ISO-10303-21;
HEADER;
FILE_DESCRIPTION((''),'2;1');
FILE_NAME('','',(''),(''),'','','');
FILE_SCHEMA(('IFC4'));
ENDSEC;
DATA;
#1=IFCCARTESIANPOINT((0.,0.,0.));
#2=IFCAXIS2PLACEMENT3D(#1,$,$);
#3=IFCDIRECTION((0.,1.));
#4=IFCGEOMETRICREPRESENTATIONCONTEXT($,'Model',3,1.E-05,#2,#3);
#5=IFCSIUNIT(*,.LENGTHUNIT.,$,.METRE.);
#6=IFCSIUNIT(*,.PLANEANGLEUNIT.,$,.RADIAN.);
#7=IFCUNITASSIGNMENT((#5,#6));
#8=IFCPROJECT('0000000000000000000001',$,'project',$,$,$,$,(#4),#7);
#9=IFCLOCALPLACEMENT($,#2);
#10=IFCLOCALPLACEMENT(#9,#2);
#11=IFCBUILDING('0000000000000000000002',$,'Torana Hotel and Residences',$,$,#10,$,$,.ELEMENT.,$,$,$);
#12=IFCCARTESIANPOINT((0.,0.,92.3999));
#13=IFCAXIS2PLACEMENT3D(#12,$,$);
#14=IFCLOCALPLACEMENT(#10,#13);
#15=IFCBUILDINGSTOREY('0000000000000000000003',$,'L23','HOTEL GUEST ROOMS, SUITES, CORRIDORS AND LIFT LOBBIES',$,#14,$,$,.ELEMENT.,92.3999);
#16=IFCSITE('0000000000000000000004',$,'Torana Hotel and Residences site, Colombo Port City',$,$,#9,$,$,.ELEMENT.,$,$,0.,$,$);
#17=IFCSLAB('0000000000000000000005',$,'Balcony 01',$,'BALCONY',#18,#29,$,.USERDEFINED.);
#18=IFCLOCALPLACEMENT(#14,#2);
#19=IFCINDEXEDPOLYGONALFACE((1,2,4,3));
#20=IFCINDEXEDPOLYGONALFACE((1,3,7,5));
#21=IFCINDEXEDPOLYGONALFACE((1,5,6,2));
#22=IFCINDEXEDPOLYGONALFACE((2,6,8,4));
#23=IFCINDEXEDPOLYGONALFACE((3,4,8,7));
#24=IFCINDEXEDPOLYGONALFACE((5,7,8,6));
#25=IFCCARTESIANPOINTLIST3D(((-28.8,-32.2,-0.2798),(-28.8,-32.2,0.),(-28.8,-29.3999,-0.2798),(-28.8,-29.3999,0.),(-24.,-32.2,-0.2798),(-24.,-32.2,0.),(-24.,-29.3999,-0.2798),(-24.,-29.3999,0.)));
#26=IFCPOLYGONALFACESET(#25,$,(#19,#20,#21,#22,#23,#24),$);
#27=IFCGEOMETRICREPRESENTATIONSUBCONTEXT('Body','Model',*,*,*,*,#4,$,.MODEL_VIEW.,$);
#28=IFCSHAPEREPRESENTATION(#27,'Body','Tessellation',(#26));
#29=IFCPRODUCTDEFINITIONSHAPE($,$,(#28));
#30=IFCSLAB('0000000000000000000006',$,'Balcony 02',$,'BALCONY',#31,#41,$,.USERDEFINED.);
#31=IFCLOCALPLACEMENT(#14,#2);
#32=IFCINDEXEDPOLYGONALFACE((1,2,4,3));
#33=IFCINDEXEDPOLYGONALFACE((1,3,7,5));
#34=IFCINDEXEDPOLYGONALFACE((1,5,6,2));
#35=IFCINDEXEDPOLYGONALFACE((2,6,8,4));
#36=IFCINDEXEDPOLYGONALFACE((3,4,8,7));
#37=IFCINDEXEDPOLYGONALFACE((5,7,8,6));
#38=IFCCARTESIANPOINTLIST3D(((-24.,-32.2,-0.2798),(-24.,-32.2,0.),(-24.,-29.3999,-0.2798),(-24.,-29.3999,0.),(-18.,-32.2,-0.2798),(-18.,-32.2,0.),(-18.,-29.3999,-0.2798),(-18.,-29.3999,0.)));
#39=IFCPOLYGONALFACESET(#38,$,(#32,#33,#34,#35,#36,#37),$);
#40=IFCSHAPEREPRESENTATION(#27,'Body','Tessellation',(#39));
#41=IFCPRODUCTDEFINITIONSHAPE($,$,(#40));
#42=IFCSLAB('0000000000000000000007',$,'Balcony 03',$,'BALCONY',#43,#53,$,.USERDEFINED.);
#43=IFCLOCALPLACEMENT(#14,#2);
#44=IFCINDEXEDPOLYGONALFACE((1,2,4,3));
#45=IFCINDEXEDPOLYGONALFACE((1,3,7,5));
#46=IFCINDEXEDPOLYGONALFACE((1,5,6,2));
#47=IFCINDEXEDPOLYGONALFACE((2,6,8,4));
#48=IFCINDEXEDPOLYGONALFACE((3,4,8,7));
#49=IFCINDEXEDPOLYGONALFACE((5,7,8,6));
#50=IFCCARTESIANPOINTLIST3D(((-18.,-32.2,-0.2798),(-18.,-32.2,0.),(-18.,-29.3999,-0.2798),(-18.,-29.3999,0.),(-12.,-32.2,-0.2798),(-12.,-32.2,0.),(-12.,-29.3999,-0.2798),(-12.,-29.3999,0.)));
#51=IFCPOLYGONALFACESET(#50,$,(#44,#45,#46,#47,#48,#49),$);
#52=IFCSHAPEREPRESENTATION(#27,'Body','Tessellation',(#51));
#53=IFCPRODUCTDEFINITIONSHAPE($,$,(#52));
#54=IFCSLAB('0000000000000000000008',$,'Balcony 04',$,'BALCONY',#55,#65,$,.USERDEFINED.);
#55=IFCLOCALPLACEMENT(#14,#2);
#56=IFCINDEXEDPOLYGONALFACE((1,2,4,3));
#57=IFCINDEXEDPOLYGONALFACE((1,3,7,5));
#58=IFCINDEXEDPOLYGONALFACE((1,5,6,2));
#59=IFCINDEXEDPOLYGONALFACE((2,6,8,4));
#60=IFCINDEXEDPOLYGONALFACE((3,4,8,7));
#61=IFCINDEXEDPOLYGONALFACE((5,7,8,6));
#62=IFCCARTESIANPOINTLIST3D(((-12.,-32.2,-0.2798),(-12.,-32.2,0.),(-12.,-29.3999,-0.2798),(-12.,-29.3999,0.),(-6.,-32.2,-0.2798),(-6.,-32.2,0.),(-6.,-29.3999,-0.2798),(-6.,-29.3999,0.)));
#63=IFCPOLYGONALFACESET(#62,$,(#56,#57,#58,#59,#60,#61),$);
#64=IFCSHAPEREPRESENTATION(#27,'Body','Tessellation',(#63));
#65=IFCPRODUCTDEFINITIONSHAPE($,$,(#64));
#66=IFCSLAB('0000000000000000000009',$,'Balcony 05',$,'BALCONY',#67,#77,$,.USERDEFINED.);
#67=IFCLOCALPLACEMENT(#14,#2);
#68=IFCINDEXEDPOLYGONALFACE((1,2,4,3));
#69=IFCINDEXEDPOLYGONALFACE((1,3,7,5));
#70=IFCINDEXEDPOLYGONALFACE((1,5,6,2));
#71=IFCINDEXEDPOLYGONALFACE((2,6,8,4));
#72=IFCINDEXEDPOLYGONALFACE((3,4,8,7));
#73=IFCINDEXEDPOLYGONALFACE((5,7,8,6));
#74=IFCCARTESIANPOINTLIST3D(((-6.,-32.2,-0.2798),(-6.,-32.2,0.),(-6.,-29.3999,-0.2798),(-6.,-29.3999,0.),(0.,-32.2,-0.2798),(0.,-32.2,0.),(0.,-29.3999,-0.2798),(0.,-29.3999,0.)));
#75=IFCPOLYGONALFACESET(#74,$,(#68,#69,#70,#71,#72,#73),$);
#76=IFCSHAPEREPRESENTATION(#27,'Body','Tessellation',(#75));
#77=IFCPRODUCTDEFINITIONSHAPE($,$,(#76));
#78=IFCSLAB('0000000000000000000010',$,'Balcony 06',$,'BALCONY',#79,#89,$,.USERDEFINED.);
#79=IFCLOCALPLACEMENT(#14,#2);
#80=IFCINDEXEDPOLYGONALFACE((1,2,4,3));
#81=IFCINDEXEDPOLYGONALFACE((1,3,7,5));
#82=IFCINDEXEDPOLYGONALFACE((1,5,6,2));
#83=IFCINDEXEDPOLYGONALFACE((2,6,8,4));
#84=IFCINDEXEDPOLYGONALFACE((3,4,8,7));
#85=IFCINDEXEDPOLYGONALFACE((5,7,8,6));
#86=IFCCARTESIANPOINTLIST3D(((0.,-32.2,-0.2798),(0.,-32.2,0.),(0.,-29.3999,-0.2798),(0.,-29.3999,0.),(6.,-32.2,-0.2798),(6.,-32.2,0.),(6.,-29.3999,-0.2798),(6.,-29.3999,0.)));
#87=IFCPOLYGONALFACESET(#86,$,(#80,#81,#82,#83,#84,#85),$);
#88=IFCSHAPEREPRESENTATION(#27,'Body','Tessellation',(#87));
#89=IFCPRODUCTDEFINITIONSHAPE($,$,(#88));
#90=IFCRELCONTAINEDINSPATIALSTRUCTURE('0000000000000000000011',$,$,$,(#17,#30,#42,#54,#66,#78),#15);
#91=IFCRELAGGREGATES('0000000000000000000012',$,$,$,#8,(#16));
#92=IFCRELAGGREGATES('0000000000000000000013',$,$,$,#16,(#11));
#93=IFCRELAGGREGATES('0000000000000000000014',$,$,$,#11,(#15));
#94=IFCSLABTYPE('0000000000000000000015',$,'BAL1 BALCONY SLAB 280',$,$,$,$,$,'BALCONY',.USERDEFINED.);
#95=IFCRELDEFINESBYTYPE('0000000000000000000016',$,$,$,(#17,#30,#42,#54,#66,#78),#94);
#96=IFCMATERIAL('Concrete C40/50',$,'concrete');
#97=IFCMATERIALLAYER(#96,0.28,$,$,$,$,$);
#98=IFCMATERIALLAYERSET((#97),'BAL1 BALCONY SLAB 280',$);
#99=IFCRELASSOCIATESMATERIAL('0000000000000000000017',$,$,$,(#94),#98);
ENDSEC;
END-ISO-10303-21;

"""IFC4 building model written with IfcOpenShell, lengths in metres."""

from ifc_helpers import new_model, si_unit, direction, frame, origin, place, context, subcontext, project, spatial, polyline, outline, extrude, material, layer, layer_set, type_object, element, save


model = new_model("IFC4")

# Units and contexts
model_context = context("Model", 3, precision=1e-05, world=origin(), true_north=direction((0.0, 1.0)))
body_context = subcontext(model_context, "Body", "Model", "MODEL_VIEW")
ifc_project = project(units=[si_unit("LENGTHUNIT", "METRE"), si_unit("PLANEANGLEUNIT", "RADIAN")], contexts=[model_context])

# Site, building, storey
site_placement = place(None, origin())
site = spatial("IfcSite", under=ifc_project, at=site_placement, Name="Torana Hotel and Residences site, Colombo Port City", CompositionType="ELEMENT", RefElevation=0.0)
building_placement = place(site_placement, origin())
building = spatial("IfcBuilding", under=site, at=building_placement, Name="Torana Hotel and Residences", CompositionType="ELEMENT")
storey_placement = place(building_placement, frame((0.0, 0.0, 92.3999)))
storey = spatial("IfcBuildingStorey", under=building, at=storey_placement, Name="L23", Description="HOTEL GUEST ROOMS, SUITES, CORRIDORS AND LIFT LOBBIES", CompositionType="ELEMENT", Elevation=92.3999)

# Slabs
ifc_material_1 = material(Name="Concrete C40/50", Category="concrete")
ifc_layer_1 = layer(ifc_material_1, 0.28)
ifc_layer_set_1 = layer_set([ifc_layer_1], Name="BAL1 BALCONY SLAB 280")
slab_type_1 = type_object("IfcSlabType", Name="BAL1 BALCONY SLAB 280", ElementType="BALCONY", PredefinedType="USERDEFINED", material=ifc_layer_set_1)
slab_1_placement = place(storey_placement, frame((0.0, 0.0, -0.2798)))
element("IfcSlab", 1, at=slab_1_placement, inside=storey, type_object=slab_type_1, Name="Balcony 01", ObjectType="BALCONY", PredefinedType="USERDEFINED", context=body_context, shape_type="SweptSolid", body=[
    extrude(outline(polyline([(-28.8, -32.2), (-24.0, -32.2), (-24.0, -29.3999), (-28.8, -29.3999), (-28.8, -32.2)])), origin(), (0.0, 0.0, 1.0), 0.2798),
])
slab_2_placement = place(storey_placement, frame((0.0, 0.0, -0.2798)))
element("IfcSlab", 2, at=slab_2_placement, inside=storey, type_object=slab_type_1, Name="Balcony 02", ObjectType="BALCONY", PredefinedType="USERDEFINED", context=body_context, shape_type="SweptSolid", body=[
    extrude(outline(polyline([(-24.0, -32.2), (-18.0, -32.2), (-18.0, -29.3999), (-24.0, -29.3999), (-24.0, -32.2)])), origin(), (0.0, 0.0, 1.0), 0.2798),
])
slab_3_placement = place(storey_placement, frame((0.0, 0.0, -0.2798)))
element("IfcSlab", 3, at=slab_3_placement, inside=storey, type_object=slab_type_1, Name="Balcony 03", ObjectType="BALCONY", PredefinedType="USERDEFINED", context=body_context, shape_type="SweptSolid", body=[
    extrude(outline(polyline([(-18.0, -32.2), (-12.0, -32.2), (-12.0, -29.3999), (-18.0, -29.3999), (-18.0, -32.2)])), origin(), (0.0, 0.0, 1.0), 0.2798),
])
slab_4_placement = place(storey_placement, frame((0.0, 0.0, -0.2798)))
element("IfcSlab", 4, at=slab_4_placement, inside=storey, type_object=slab_type_1, Name="Balcony 04", ObjectType="BALCONY", PredefinedType="USERDEFINED", context=body_context, shape_type="SweptSolid", body=[
    extrude(outline(polyline([(-12.0, -32.2), (-6.0, -32.2), (-6.0, -29.3999), (-12.0, -29.3999), (-12.0, -32.2)])), origin(), (0.0, 0.0, 1.0), 0.2798),
])
slab_5_placement = place(storey_placement, frame((0.0, 0.0, -0.2798)))
element("IfcSlab", 5, at=slab_5_placement, inside=storey, type_object=slab_type_1, Name="Balcony 05", ObjectType="BALCONY", PredefinedType="USERDEFINED", context=body_context, shape_type="SweptSolid", body=[
    extrude(outline(polyline([(-6.0, -32.2), (0.0, -32.2), (0.0, -29.3999), (-6.0, -29.3999), (-6.0, -32.2)])), origin(), (0.0, 0.0, 1.0), 0.2798),
])
slab_6_placement = place(storey_placement, frame((0.0, 0.0, -0.2798)))
element("IfcSlab", 6, at=slab_6_placement, inside=storey, type_object=slab_type_1, Name="Balcony 06", ObjectType="BALCONY", PredefinedType="USERDEFINED", context=body_context, shape_type="SweptSolid", body=[
    extrude(outline(polyline([(0.0, -32.2), (6.0, -32.2), (6.0, -29.3999), (0.0, -29.3999), (0.0, -32.2)])), origin(), (0.0, 0.0, 1.0), 0.2798),
])

save(model, "model.ifc")
